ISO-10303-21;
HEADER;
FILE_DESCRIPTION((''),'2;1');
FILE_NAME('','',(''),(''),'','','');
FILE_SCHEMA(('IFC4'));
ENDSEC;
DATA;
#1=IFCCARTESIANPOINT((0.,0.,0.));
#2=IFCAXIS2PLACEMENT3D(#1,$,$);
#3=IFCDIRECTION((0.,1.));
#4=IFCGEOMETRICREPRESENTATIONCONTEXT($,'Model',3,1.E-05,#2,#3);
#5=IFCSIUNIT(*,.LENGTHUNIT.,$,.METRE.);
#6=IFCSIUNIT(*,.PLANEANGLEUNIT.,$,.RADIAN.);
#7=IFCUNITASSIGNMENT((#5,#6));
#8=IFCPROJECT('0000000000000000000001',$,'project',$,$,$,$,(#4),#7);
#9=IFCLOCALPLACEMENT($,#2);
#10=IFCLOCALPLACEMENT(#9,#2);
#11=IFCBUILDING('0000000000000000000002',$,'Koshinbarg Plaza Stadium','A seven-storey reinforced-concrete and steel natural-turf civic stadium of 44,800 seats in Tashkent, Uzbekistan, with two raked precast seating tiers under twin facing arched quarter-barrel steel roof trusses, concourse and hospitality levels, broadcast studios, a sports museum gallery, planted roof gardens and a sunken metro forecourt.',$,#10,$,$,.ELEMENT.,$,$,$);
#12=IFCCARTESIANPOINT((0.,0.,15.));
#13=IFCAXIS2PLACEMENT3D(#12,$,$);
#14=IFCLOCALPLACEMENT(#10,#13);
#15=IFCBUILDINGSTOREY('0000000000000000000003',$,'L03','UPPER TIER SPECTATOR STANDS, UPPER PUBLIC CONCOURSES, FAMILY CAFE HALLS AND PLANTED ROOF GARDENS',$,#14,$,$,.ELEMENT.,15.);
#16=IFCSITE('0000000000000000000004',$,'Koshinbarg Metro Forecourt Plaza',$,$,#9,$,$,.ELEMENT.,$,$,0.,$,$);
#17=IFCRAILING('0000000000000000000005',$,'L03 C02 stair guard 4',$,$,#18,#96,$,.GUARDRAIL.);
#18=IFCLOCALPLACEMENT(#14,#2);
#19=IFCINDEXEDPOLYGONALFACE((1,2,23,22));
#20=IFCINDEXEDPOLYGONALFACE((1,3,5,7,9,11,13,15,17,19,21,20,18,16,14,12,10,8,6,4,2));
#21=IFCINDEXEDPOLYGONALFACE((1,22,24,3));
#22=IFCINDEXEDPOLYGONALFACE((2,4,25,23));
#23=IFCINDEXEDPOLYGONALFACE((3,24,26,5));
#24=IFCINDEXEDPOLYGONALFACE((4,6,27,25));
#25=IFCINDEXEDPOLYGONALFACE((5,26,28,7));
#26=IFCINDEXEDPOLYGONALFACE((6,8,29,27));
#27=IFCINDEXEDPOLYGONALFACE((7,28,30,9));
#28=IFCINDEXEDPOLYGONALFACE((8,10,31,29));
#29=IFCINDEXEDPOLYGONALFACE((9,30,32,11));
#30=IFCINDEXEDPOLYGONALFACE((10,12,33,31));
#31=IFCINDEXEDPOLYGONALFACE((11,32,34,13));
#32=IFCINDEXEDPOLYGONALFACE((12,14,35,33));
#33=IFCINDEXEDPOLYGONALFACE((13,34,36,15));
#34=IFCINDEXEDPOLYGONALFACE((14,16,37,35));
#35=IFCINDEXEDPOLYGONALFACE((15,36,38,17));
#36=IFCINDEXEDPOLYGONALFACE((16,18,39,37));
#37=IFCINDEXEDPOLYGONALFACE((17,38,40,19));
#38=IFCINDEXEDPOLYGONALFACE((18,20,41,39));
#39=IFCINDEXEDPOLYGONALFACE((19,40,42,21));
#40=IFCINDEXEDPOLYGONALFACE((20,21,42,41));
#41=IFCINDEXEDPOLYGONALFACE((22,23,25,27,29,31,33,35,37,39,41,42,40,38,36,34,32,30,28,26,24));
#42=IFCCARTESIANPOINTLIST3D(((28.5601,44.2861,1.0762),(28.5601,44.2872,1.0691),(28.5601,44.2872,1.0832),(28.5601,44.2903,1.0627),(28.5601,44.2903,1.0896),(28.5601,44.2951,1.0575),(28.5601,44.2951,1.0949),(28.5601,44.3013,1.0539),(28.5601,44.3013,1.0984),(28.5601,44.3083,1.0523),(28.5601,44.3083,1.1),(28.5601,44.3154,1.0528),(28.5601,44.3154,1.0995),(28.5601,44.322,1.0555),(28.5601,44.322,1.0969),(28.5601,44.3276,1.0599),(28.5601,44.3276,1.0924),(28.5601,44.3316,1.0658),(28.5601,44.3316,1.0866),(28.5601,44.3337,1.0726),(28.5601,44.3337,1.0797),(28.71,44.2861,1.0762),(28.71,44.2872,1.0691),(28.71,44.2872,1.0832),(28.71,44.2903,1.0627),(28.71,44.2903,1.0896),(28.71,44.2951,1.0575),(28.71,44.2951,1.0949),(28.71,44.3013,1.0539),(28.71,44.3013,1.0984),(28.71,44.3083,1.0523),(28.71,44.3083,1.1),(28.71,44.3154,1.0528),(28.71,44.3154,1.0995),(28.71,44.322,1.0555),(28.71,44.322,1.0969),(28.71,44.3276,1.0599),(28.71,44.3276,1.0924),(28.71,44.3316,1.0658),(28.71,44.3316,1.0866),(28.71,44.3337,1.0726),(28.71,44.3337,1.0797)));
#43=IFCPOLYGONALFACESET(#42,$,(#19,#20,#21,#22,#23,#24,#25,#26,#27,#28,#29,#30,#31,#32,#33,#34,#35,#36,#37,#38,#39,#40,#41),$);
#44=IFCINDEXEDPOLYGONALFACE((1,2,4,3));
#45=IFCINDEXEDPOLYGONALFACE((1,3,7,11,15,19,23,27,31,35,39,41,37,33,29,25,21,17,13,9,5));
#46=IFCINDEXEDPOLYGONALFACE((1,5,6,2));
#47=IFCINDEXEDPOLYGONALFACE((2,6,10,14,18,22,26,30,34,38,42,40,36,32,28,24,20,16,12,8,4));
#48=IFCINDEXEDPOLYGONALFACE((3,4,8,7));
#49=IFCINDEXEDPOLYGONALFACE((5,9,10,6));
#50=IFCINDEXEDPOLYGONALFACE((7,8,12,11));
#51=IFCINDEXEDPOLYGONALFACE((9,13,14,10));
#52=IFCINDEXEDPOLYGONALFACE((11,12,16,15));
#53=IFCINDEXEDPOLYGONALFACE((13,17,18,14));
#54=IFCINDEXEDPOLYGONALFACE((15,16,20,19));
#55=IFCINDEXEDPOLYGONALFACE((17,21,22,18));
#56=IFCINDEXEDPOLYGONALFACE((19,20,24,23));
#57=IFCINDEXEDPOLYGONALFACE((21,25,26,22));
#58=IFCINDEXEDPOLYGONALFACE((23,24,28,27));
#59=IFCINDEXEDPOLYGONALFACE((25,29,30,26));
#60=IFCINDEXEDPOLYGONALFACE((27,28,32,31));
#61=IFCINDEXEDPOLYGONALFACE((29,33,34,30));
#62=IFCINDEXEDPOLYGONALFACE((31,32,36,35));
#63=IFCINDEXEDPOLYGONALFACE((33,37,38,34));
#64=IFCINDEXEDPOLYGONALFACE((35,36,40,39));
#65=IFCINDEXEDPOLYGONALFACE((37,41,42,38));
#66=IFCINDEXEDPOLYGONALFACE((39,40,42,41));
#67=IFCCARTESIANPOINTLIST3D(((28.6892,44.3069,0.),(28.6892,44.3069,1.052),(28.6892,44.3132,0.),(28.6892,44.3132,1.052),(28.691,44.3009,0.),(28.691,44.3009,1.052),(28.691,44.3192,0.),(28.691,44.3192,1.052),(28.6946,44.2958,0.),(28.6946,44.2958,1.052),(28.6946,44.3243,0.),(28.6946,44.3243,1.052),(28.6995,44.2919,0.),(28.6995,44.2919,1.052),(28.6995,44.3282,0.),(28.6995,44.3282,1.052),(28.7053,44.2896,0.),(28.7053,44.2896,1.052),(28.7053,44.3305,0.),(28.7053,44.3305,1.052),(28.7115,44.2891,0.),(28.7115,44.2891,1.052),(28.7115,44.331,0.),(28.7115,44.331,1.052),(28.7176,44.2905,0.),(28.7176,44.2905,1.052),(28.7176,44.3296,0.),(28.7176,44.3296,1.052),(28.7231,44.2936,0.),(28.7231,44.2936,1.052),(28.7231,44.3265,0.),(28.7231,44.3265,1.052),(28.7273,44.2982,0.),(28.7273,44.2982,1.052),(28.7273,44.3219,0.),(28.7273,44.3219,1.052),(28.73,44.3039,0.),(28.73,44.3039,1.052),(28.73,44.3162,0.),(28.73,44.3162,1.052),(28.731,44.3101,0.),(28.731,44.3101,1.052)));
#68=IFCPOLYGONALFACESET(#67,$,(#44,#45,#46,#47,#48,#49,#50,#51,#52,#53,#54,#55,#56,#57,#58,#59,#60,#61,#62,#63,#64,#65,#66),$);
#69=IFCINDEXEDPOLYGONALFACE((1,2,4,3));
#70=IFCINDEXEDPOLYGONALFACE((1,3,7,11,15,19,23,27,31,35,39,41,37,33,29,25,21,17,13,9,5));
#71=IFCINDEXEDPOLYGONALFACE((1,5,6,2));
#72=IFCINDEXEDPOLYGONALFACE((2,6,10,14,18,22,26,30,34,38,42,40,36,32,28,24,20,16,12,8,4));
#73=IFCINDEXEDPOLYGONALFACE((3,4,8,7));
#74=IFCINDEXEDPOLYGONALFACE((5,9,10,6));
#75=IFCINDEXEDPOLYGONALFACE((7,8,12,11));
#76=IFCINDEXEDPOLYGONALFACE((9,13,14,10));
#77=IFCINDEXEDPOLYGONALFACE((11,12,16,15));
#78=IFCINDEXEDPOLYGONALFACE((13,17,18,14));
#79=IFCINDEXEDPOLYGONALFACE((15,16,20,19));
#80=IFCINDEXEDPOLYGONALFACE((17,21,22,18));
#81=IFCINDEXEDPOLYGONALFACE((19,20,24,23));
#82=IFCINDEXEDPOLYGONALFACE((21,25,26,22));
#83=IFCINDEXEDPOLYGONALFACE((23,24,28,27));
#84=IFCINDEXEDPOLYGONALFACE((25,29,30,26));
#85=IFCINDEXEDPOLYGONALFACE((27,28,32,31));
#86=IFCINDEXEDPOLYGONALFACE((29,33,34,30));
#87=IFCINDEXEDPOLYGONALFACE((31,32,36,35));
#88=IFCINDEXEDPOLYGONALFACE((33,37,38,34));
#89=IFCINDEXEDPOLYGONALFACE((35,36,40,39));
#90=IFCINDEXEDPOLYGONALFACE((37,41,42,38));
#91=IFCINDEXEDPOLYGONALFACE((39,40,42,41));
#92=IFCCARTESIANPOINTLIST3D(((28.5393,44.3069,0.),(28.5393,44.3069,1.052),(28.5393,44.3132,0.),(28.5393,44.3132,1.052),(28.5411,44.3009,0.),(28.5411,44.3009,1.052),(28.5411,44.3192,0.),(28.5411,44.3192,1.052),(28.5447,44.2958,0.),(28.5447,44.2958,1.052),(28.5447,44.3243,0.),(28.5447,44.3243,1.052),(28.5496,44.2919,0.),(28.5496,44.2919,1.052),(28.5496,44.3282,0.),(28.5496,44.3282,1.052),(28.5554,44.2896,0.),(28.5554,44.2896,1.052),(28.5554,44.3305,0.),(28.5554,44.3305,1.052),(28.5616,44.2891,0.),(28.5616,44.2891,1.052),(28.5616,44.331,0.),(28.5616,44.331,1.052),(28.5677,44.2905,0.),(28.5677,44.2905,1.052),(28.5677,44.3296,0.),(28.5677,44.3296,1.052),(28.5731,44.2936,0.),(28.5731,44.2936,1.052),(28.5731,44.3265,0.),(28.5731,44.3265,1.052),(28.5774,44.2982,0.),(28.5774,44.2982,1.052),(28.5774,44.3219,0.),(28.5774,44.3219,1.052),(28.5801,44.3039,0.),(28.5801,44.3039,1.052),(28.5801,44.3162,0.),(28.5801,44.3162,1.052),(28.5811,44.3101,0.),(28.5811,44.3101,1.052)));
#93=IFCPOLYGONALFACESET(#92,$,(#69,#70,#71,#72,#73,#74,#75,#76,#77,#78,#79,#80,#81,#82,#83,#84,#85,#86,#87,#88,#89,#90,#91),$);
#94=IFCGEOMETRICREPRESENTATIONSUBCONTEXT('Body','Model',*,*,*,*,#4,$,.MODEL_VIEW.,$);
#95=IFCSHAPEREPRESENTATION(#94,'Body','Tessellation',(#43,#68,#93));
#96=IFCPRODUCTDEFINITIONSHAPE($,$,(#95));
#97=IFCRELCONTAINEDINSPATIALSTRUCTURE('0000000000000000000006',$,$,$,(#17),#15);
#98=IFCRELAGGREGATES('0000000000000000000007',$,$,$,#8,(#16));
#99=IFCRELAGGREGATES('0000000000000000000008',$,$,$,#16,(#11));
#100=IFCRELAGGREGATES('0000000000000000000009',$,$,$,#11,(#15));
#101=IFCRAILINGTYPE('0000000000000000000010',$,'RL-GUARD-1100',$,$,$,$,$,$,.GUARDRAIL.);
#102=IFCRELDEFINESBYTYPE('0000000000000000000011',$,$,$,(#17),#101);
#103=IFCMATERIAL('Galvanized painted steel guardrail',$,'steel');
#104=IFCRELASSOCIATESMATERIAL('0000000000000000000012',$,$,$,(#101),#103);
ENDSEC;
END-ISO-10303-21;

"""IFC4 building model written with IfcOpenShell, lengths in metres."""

from ifc_helpers import new_model, si_unit, direction, frame, origin, origin_2d, place, context, subcontext, project, spatial, circle, extrude, material, type_object, element, save


model = new_model("IFC4")

# Units and contexts
model_context = context("Model", 3, precision=1e-05, world=origin(), true_north=direction((0.0, 1.0)))
body_context = subcontext(model_context, "Body", "Model", "MODEL_VIEW")
ifc_project = project(units=[si_unit("LENGTHUNIT", "METRE"), si_unit("PLANEANGLEUNIT", "RADIAN")], contexts=[model_context])

# Site, building, storey
site_placement = place(None, origin())
site = spatial("IfcSite", under=ifc_project, at=site_placement, Name="Koshinbarg Metro Forecourt Plaza", CompositionType="ELEMENT", RefElevation=0.0)
building_placement = place(site_placement, origin())
building = spatial("IfcBuilding", under=site, at=building_placement, Name="Koshinbarg Plaza Stadium", Description="A seven-storey reinforced-concrete and steel natural-turf civic stadium of 44,800 seats in Tashkent, Uzbekistan, with two raked precast seating tiers under twin facing arched quarter-barrel steel roof trusses, concourse and hospitality levels, broadcast studios, a sports museum gallery, planted roof gardens and a sunken metro forecourt.", CompositionType="ELEMENT")
storey_placement = place(building_placement, frame((0.0, 0.0, 15.0)))
storey = spatial("IfcBuildingStorey", under=building, at=storey_placement, Name="L03", Description="UPPER TIER SPECTATOR STANDS, UPPER PUBLIC CONCOURSES, FAMILY CAFE HALLS AND PLANTED ROOF GARDENS", CompositionType="ELEMENT", Elevation=15.0)

# Railing
ifc_material_1 = material(Name="Galvanized painted steel guardrail", Category="steel")
railing_type_1 = type_object("IfcRailingType", Name="RL-GUARD-1100", PredefinedType="GUARDRAIL", material=ifc_material_1)
railing_1_placement = place(storey_placement, frame((28.71, 44.3101, 0.0)))
element("IfcRailing", 1, at=railing_1_placement, inside=storey, type_object=railing_type_1, Name="L03 C02 stair guard 4", PredefinedType="GUARDRAIL", context=body_context, shape_type="SweptSolid", body=[
    extrude(circle(Radius=0.0239, at=origin_2d()), frame((0.0, 0.0, 1.0762), z_axis=(-1.0, 0.0, 0.0), x_axis=(0.0, -1.0, 0.0)), (0.0, 0.0, 1.0), 0.1499),
    extrude(circle(Radius=0.021, at=origin_2d()), origin(), (0.0, 0.0, 1.0), 1.052),
    extrude(circle(Radius=0.021, at=origin_2d()), frame((-0.1499, 0.0, 0.0)), (0.0, 0.0, 1.0), 1.052),
])

save(model, "model.ifc")
